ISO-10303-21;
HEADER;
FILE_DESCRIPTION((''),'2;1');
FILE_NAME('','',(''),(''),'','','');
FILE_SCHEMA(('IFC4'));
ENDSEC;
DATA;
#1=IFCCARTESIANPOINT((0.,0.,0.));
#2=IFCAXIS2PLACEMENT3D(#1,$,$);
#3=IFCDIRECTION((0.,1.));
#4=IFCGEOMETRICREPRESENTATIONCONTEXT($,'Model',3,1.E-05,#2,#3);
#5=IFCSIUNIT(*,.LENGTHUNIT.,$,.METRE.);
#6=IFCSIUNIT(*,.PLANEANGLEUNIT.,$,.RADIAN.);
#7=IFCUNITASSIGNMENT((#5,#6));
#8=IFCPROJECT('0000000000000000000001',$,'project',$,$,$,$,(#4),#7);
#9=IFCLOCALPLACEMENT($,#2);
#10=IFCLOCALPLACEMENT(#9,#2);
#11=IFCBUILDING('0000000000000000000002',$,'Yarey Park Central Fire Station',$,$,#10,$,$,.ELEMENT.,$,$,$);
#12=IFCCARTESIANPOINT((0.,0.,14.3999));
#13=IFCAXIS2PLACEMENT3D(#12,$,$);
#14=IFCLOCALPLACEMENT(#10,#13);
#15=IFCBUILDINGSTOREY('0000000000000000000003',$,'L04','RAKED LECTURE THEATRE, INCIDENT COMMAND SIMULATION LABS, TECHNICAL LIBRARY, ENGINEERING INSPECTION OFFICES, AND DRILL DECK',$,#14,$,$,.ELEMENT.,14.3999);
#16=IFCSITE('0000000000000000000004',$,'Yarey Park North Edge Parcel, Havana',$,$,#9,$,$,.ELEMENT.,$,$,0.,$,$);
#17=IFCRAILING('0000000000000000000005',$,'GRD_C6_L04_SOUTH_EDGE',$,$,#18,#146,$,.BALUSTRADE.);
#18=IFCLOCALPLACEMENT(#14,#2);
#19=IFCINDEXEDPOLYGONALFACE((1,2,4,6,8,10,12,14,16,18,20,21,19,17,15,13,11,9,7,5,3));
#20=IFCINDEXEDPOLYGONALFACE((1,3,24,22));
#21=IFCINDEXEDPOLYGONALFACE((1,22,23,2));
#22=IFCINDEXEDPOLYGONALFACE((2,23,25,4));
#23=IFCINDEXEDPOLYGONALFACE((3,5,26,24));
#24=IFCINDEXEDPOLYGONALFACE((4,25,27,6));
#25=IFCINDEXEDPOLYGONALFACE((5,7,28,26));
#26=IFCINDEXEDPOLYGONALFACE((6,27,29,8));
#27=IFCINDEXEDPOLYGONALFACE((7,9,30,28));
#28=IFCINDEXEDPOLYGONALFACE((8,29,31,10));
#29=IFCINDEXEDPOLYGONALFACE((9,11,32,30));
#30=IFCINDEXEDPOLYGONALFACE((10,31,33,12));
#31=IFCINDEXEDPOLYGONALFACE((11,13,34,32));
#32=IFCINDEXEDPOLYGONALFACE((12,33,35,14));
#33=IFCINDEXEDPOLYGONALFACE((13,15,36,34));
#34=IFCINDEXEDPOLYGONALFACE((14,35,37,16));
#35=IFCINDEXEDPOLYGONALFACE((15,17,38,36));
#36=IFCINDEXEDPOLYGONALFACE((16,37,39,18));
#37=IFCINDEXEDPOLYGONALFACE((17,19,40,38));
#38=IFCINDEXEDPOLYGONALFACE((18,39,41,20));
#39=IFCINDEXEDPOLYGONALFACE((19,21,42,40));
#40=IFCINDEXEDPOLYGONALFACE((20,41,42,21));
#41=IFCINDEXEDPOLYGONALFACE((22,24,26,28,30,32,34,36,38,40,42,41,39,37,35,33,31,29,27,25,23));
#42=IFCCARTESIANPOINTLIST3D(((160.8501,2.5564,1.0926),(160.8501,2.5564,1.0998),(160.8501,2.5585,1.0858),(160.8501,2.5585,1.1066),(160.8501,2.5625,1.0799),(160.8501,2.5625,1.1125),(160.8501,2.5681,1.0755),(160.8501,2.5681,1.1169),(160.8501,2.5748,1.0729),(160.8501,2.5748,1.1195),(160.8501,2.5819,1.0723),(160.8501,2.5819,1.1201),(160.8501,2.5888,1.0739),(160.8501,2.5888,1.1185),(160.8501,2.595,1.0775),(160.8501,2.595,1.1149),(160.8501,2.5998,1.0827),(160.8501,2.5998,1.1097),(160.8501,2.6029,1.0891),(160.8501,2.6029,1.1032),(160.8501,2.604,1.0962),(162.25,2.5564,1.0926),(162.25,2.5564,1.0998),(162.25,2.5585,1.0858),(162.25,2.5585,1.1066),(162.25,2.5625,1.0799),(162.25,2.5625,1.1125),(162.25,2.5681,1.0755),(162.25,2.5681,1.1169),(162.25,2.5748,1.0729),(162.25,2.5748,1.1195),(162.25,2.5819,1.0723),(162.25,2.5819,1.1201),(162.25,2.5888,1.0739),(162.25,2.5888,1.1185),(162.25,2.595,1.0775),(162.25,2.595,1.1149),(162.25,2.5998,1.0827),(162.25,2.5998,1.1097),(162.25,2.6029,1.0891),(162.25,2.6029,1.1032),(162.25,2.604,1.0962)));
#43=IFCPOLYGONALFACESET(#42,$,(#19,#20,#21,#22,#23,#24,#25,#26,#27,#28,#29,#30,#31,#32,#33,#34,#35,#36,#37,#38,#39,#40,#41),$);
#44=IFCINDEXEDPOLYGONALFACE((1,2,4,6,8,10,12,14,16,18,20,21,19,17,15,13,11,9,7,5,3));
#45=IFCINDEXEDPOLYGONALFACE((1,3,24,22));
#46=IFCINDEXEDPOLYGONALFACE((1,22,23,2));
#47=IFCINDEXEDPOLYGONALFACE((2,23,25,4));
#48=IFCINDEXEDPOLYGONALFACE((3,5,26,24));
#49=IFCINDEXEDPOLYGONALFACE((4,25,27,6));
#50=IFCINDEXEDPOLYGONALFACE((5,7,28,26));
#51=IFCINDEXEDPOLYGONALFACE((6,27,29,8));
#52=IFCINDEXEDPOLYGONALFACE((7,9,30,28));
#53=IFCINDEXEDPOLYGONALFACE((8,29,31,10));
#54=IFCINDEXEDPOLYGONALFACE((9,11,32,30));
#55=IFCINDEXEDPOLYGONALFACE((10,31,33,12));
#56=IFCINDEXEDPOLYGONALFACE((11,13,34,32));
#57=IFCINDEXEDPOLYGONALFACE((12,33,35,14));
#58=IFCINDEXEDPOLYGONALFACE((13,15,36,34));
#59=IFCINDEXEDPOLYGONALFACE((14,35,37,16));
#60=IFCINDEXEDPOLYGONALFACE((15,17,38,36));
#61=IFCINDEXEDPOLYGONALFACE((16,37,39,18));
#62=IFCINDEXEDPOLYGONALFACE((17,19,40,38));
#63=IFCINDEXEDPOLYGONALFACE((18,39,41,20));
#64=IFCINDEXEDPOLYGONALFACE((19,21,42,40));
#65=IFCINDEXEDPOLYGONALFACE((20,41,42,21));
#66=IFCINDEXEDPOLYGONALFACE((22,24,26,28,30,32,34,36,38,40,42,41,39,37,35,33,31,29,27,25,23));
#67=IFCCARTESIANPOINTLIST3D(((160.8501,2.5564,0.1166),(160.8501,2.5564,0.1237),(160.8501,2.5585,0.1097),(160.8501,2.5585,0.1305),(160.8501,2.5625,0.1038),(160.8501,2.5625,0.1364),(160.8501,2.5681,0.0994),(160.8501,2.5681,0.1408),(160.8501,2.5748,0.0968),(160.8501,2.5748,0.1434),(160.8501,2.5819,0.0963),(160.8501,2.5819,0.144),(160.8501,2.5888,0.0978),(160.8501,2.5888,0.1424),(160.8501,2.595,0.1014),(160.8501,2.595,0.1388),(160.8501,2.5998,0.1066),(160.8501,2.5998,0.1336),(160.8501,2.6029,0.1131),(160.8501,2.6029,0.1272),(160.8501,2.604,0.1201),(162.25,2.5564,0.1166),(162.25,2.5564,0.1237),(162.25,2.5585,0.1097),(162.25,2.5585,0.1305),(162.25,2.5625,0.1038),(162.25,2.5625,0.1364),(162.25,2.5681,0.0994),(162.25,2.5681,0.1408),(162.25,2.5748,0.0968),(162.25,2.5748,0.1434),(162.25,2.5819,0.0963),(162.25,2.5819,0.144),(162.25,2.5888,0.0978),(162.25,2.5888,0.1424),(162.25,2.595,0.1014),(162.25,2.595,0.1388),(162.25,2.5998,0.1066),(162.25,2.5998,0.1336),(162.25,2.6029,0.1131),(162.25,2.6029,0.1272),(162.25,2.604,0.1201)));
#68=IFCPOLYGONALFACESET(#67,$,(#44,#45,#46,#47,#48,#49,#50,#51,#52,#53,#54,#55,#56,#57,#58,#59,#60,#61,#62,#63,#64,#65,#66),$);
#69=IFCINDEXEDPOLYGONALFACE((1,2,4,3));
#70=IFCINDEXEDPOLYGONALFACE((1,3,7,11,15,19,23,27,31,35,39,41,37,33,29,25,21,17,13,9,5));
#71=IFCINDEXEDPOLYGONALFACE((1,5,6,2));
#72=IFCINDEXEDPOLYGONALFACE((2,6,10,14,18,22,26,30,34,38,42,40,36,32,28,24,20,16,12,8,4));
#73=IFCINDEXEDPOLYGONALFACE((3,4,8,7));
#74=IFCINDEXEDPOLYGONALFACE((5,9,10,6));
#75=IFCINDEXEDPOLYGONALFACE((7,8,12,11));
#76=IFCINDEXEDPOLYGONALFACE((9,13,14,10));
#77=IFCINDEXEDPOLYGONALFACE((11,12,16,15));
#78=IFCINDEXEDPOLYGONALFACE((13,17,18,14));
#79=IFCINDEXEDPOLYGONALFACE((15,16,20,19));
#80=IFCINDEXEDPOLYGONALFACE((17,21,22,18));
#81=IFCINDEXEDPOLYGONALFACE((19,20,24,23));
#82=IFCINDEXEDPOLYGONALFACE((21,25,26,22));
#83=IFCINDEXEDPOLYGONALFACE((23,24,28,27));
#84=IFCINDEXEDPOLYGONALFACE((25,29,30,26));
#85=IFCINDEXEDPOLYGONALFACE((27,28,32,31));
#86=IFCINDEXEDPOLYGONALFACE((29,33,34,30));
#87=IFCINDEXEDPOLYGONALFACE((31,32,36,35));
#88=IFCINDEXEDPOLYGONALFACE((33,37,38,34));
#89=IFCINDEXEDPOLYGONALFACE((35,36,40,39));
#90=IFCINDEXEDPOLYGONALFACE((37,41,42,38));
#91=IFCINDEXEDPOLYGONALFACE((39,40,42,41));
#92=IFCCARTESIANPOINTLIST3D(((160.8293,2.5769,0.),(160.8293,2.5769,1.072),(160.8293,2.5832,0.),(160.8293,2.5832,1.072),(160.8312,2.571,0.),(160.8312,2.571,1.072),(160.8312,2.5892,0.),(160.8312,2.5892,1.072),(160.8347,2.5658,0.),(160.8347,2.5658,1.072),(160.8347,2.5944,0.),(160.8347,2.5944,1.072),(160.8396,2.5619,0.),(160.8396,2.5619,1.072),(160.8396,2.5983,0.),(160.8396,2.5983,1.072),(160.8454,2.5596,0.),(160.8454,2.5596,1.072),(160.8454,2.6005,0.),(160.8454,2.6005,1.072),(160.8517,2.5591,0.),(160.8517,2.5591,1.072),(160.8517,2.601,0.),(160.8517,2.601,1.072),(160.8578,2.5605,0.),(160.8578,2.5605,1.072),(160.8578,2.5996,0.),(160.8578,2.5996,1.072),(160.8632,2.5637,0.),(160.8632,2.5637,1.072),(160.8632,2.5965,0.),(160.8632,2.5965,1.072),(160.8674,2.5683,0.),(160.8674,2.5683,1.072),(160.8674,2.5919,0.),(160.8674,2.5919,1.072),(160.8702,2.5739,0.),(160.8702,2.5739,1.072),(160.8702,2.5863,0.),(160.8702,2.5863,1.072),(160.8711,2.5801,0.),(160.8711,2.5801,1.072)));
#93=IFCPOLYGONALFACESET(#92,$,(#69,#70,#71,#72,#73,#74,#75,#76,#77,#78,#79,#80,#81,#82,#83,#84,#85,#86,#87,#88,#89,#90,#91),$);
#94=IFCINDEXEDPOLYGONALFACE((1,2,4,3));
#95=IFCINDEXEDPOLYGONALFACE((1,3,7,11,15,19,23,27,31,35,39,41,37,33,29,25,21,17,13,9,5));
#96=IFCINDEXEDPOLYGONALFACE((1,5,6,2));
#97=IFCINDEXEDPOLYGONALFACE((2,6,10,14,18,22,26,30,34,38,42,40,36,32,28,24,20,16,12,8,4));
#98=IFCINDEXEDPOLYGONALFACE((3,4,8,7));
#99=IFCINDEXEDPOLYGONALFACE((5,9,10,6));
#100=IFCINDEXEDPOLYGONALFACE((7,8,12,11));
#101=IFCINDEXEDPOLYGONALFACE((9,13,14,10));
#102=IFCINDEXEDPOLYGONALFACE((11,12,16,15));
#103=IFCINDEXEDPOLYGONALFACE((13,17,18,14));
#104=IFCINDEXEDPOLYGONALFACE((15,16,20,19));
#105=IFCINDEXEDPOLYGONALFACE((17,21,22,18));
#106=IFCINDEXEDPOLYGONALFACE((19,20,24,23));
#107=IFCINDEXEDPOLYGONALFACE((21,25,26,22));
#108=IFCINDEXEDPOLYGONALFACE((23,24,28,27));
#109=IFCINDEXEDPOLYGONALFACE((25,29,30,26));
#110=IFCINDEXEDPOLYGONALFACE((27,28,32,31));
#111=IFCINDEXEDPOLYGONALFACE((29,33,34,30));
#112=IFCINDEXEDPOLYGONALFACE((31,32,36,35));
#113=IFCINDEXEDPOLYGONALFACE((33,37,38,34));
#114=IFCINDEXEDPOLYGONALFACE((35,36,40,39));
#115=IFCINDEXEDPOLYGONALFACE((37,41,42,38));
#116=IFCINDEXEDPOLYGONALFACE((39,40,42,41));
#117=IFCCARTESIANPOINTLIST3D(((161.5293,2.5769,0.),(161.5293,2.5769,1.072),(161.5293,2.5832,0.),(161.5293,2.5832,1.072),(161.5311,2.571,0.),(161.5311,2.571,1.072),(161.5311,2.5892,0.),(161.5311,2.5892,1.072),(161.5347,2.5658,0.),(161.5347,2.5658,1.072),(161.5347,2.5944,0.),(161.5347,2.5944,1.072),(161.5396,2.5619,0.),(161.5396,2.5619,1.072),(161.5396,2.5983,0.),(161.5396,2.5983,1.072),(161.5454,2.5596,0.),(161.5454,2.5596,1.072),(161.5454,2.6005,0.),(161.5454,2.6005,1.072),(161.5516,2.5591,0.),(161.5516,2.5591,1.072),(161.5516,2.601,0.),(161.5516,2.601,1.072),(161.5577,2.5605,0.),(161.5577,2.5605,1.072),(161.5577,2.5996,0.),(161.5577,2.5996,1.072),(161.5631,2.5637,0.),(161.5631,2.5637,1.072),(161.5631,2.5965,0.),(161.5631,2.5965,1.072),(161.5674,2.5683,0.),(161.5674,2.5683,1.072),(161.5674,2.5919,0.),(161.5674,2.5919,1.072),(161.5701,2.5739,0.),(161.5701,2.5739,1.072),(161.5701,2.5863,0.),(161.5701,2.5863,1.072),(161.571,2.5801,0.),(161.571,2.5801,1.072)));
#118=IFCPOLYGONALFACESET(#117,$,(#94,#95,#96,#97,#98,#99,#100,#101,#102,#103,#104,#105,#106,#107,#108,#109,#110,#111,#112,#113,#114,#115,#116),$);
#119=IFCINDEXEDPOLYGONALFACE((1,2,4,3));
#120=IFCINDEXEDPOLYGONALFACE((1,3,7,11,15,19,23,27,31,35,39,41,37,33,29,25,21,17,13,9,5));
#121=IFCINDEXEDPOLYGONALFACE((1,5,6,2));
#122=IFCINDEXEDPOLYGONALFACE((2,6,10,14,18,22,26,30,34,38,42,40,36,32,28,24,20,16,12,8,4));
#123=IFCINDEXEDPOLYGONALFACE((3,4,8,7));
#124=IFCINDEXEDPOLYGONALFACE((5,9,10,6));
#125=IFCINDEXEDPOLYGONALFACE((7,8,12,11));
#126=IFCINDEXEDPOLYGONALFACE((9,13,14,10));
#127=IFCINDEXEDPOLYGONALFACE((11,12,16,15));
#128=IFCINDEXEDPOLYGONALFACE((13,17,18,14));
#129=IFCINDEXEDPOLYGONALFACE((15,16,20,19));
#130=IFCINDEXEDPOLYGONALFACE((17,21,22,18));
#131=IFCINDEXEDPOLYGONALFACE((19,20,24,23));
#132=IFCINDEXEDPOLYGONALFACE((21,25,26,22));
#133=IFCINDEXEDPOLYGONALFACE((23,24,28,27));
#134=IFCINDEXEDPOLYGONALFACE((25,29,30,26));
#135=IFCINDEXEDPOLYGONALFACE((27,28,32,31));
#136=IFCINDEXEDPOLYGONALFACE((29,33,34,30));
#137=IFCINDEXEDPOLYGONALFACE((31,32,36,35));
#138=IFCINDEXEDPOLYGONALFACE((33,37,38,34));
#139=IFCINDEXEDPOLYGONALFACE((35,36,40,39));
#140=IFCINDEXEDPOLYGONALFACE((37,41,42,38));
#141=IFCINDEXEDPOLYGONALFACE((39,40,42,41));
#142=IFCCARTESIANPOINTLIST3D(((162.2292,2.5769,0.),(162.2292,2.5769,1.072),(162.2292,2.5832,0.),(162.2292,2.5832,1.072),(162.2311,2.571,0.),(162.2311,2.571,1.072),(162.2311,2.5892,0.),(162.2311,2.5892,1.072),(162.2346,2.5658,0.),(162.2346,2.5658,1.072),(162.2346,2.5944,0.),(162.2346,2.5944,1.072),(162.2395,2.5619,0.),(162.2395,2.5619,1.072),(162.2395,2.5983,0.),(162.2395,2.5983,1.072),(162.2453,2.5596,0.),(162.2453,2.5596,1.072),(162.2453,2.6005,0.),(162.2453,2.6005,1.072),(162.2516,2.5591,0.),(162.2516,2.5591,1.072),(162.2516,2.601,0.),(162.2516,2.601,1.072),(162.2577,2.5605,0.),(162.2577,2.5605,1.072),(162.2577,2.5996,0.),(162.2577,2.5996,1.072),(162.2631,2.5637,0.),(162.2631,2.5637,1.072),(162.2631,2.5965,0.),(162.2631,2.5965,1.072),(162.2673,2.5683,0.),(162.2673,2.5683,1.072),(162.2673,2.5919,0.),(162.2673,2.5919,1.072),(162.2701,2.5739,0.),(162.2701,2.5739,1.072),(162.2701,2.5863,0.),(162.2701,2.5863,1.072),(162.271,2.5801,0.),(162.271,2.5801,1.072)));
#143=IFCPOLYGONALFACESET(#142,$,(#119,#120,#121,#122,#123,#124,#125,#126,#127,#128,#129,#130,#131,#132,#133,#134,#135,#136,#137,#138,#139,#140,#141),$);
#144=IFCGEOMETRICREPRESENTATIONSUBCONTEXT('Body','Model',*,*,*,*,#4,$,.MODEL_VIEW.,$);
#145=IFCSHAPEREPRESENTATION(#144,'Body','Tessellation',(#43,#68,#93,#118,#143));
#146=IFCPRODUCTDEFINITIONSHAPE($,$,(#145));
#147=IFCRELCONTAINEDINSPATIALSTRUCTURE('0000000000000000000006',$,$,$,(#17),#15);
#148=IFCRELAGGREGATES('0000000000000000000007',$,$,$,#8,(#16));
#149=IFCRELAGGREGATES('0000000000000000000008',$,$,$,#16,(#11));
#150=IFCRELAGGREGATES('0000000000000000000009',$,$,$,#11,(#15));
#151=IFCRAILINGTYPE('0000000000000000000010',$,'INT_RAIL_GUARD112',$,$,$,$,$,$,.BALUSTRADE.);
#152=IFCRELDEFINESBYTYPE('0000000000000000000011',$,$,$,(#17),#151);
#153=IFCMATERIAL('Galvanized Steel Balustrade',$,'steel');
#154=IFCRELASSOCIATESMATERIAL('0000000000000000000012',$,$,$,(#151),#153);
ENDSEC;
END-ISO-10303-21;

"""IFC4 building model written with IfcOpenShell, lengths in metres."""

from ifc_helpers import new_model, si_unit, direction, frame, origin, origin_2d, place, context, subcontext, project, spatial, circle, extrude, material, type_object, element, save


model = new_model("IFC4")

# Units and contexts
model_context = context("Model", 3, precision=1e-05, world=origin(), true_north=direction((0.0, 1.0)))
body_context = subcontext(model_context, "Body", "Model", "MODEL_VIEW")
ifc_project = project(units=[si_unit("LENGTHUNIT", "METRE"), si_unit("PLANEANGLEUNIT", "RADIAN")], contexts=[model_context])

# Site, building, storey
site_placement = place(None, origin())
site = spatial("IfcSite", under=ifc_project, at=site_placement, Name="Yarey Park North Edge Parcel, Havana", CompositionType="ELEMENT", RefElevation=0.0)
building_placement = place(site_placement, origin())
building = spatial("IfcBuilding", under=site, at=building_placement, Name="Yarey Park Central Fire Station", CompositionType="ELEMENT")
storey_placement = place(building_placement, frame((0.0, 0.0, 14.3999)))
storey = spatial("IfcBuildingStorey", under=building, at=storey_placement, Name="L04", Description="RAKED LECTURE THEATRE, INCIDENT COMMAND SIMULATION LABS, TECHNICAL LIBRARY, ENGINEERING INSPECTION OFFICES, AND DRILL DECK", CompositionType="ELEMENT", Elevation=14.3999)

# Railing
ifc_material_1 = material(Name="Galvanized Steel Balustrade", Category="steel")
railing_type_1 = type_object("IfcRailingType", Name="INT_RAIL_GUARD112", PredefinedType="BALUSTRADE", material=ifc_material_1)
railing_1_placement = place(storey_placement, frame((160.8501, 2.5801, 0.0)))
element("IfcRailing", 1, at=railing_1_placement, inside=storey, type_object=railing_type_1, Name="GRD_C6_L04_SOUTH_EDGE", PredefinedType="BALUSTRADE", context=body_context, shape_type="SweptSolid", body=[
    extrude(circle(Radius=0.0239, at=origin_2d()), frame((0.0, 0.0, 1.0962), z_axis=(1.0, 0.0, 0.0), x_axis=(0.0, 1.0, 0.0)), (0.0, 0.0, 1.0), 1.3999),
    extrude(circle(Radius=0.0239, at=origin_2d()), frame((0.0, 0.0, 0.1201), z_axis=(1.0, 0.0, 0.0), x_axis=(0.0, 1.0, 0.0)), (0.0, 0.0, 1.0), 1.3999),
    extrude(circle(Radius=0.021, at=origin_2d()), origin(), (0.0, 0.0, 1.0), 1.072),
    extrude(circle(Radius=0.021, at=origin_2d()), frame((0.7, 0.0, 0.0)), (0.0, 0.0, 1.0), 1.072),
    extrude(circle(Radius=0.021, at=origin_2d()), frame((1.3999, 0.0, 0.0)), (0.0, 0.0, 1.0), 1.072),
])

save(model, "model.ifc")
